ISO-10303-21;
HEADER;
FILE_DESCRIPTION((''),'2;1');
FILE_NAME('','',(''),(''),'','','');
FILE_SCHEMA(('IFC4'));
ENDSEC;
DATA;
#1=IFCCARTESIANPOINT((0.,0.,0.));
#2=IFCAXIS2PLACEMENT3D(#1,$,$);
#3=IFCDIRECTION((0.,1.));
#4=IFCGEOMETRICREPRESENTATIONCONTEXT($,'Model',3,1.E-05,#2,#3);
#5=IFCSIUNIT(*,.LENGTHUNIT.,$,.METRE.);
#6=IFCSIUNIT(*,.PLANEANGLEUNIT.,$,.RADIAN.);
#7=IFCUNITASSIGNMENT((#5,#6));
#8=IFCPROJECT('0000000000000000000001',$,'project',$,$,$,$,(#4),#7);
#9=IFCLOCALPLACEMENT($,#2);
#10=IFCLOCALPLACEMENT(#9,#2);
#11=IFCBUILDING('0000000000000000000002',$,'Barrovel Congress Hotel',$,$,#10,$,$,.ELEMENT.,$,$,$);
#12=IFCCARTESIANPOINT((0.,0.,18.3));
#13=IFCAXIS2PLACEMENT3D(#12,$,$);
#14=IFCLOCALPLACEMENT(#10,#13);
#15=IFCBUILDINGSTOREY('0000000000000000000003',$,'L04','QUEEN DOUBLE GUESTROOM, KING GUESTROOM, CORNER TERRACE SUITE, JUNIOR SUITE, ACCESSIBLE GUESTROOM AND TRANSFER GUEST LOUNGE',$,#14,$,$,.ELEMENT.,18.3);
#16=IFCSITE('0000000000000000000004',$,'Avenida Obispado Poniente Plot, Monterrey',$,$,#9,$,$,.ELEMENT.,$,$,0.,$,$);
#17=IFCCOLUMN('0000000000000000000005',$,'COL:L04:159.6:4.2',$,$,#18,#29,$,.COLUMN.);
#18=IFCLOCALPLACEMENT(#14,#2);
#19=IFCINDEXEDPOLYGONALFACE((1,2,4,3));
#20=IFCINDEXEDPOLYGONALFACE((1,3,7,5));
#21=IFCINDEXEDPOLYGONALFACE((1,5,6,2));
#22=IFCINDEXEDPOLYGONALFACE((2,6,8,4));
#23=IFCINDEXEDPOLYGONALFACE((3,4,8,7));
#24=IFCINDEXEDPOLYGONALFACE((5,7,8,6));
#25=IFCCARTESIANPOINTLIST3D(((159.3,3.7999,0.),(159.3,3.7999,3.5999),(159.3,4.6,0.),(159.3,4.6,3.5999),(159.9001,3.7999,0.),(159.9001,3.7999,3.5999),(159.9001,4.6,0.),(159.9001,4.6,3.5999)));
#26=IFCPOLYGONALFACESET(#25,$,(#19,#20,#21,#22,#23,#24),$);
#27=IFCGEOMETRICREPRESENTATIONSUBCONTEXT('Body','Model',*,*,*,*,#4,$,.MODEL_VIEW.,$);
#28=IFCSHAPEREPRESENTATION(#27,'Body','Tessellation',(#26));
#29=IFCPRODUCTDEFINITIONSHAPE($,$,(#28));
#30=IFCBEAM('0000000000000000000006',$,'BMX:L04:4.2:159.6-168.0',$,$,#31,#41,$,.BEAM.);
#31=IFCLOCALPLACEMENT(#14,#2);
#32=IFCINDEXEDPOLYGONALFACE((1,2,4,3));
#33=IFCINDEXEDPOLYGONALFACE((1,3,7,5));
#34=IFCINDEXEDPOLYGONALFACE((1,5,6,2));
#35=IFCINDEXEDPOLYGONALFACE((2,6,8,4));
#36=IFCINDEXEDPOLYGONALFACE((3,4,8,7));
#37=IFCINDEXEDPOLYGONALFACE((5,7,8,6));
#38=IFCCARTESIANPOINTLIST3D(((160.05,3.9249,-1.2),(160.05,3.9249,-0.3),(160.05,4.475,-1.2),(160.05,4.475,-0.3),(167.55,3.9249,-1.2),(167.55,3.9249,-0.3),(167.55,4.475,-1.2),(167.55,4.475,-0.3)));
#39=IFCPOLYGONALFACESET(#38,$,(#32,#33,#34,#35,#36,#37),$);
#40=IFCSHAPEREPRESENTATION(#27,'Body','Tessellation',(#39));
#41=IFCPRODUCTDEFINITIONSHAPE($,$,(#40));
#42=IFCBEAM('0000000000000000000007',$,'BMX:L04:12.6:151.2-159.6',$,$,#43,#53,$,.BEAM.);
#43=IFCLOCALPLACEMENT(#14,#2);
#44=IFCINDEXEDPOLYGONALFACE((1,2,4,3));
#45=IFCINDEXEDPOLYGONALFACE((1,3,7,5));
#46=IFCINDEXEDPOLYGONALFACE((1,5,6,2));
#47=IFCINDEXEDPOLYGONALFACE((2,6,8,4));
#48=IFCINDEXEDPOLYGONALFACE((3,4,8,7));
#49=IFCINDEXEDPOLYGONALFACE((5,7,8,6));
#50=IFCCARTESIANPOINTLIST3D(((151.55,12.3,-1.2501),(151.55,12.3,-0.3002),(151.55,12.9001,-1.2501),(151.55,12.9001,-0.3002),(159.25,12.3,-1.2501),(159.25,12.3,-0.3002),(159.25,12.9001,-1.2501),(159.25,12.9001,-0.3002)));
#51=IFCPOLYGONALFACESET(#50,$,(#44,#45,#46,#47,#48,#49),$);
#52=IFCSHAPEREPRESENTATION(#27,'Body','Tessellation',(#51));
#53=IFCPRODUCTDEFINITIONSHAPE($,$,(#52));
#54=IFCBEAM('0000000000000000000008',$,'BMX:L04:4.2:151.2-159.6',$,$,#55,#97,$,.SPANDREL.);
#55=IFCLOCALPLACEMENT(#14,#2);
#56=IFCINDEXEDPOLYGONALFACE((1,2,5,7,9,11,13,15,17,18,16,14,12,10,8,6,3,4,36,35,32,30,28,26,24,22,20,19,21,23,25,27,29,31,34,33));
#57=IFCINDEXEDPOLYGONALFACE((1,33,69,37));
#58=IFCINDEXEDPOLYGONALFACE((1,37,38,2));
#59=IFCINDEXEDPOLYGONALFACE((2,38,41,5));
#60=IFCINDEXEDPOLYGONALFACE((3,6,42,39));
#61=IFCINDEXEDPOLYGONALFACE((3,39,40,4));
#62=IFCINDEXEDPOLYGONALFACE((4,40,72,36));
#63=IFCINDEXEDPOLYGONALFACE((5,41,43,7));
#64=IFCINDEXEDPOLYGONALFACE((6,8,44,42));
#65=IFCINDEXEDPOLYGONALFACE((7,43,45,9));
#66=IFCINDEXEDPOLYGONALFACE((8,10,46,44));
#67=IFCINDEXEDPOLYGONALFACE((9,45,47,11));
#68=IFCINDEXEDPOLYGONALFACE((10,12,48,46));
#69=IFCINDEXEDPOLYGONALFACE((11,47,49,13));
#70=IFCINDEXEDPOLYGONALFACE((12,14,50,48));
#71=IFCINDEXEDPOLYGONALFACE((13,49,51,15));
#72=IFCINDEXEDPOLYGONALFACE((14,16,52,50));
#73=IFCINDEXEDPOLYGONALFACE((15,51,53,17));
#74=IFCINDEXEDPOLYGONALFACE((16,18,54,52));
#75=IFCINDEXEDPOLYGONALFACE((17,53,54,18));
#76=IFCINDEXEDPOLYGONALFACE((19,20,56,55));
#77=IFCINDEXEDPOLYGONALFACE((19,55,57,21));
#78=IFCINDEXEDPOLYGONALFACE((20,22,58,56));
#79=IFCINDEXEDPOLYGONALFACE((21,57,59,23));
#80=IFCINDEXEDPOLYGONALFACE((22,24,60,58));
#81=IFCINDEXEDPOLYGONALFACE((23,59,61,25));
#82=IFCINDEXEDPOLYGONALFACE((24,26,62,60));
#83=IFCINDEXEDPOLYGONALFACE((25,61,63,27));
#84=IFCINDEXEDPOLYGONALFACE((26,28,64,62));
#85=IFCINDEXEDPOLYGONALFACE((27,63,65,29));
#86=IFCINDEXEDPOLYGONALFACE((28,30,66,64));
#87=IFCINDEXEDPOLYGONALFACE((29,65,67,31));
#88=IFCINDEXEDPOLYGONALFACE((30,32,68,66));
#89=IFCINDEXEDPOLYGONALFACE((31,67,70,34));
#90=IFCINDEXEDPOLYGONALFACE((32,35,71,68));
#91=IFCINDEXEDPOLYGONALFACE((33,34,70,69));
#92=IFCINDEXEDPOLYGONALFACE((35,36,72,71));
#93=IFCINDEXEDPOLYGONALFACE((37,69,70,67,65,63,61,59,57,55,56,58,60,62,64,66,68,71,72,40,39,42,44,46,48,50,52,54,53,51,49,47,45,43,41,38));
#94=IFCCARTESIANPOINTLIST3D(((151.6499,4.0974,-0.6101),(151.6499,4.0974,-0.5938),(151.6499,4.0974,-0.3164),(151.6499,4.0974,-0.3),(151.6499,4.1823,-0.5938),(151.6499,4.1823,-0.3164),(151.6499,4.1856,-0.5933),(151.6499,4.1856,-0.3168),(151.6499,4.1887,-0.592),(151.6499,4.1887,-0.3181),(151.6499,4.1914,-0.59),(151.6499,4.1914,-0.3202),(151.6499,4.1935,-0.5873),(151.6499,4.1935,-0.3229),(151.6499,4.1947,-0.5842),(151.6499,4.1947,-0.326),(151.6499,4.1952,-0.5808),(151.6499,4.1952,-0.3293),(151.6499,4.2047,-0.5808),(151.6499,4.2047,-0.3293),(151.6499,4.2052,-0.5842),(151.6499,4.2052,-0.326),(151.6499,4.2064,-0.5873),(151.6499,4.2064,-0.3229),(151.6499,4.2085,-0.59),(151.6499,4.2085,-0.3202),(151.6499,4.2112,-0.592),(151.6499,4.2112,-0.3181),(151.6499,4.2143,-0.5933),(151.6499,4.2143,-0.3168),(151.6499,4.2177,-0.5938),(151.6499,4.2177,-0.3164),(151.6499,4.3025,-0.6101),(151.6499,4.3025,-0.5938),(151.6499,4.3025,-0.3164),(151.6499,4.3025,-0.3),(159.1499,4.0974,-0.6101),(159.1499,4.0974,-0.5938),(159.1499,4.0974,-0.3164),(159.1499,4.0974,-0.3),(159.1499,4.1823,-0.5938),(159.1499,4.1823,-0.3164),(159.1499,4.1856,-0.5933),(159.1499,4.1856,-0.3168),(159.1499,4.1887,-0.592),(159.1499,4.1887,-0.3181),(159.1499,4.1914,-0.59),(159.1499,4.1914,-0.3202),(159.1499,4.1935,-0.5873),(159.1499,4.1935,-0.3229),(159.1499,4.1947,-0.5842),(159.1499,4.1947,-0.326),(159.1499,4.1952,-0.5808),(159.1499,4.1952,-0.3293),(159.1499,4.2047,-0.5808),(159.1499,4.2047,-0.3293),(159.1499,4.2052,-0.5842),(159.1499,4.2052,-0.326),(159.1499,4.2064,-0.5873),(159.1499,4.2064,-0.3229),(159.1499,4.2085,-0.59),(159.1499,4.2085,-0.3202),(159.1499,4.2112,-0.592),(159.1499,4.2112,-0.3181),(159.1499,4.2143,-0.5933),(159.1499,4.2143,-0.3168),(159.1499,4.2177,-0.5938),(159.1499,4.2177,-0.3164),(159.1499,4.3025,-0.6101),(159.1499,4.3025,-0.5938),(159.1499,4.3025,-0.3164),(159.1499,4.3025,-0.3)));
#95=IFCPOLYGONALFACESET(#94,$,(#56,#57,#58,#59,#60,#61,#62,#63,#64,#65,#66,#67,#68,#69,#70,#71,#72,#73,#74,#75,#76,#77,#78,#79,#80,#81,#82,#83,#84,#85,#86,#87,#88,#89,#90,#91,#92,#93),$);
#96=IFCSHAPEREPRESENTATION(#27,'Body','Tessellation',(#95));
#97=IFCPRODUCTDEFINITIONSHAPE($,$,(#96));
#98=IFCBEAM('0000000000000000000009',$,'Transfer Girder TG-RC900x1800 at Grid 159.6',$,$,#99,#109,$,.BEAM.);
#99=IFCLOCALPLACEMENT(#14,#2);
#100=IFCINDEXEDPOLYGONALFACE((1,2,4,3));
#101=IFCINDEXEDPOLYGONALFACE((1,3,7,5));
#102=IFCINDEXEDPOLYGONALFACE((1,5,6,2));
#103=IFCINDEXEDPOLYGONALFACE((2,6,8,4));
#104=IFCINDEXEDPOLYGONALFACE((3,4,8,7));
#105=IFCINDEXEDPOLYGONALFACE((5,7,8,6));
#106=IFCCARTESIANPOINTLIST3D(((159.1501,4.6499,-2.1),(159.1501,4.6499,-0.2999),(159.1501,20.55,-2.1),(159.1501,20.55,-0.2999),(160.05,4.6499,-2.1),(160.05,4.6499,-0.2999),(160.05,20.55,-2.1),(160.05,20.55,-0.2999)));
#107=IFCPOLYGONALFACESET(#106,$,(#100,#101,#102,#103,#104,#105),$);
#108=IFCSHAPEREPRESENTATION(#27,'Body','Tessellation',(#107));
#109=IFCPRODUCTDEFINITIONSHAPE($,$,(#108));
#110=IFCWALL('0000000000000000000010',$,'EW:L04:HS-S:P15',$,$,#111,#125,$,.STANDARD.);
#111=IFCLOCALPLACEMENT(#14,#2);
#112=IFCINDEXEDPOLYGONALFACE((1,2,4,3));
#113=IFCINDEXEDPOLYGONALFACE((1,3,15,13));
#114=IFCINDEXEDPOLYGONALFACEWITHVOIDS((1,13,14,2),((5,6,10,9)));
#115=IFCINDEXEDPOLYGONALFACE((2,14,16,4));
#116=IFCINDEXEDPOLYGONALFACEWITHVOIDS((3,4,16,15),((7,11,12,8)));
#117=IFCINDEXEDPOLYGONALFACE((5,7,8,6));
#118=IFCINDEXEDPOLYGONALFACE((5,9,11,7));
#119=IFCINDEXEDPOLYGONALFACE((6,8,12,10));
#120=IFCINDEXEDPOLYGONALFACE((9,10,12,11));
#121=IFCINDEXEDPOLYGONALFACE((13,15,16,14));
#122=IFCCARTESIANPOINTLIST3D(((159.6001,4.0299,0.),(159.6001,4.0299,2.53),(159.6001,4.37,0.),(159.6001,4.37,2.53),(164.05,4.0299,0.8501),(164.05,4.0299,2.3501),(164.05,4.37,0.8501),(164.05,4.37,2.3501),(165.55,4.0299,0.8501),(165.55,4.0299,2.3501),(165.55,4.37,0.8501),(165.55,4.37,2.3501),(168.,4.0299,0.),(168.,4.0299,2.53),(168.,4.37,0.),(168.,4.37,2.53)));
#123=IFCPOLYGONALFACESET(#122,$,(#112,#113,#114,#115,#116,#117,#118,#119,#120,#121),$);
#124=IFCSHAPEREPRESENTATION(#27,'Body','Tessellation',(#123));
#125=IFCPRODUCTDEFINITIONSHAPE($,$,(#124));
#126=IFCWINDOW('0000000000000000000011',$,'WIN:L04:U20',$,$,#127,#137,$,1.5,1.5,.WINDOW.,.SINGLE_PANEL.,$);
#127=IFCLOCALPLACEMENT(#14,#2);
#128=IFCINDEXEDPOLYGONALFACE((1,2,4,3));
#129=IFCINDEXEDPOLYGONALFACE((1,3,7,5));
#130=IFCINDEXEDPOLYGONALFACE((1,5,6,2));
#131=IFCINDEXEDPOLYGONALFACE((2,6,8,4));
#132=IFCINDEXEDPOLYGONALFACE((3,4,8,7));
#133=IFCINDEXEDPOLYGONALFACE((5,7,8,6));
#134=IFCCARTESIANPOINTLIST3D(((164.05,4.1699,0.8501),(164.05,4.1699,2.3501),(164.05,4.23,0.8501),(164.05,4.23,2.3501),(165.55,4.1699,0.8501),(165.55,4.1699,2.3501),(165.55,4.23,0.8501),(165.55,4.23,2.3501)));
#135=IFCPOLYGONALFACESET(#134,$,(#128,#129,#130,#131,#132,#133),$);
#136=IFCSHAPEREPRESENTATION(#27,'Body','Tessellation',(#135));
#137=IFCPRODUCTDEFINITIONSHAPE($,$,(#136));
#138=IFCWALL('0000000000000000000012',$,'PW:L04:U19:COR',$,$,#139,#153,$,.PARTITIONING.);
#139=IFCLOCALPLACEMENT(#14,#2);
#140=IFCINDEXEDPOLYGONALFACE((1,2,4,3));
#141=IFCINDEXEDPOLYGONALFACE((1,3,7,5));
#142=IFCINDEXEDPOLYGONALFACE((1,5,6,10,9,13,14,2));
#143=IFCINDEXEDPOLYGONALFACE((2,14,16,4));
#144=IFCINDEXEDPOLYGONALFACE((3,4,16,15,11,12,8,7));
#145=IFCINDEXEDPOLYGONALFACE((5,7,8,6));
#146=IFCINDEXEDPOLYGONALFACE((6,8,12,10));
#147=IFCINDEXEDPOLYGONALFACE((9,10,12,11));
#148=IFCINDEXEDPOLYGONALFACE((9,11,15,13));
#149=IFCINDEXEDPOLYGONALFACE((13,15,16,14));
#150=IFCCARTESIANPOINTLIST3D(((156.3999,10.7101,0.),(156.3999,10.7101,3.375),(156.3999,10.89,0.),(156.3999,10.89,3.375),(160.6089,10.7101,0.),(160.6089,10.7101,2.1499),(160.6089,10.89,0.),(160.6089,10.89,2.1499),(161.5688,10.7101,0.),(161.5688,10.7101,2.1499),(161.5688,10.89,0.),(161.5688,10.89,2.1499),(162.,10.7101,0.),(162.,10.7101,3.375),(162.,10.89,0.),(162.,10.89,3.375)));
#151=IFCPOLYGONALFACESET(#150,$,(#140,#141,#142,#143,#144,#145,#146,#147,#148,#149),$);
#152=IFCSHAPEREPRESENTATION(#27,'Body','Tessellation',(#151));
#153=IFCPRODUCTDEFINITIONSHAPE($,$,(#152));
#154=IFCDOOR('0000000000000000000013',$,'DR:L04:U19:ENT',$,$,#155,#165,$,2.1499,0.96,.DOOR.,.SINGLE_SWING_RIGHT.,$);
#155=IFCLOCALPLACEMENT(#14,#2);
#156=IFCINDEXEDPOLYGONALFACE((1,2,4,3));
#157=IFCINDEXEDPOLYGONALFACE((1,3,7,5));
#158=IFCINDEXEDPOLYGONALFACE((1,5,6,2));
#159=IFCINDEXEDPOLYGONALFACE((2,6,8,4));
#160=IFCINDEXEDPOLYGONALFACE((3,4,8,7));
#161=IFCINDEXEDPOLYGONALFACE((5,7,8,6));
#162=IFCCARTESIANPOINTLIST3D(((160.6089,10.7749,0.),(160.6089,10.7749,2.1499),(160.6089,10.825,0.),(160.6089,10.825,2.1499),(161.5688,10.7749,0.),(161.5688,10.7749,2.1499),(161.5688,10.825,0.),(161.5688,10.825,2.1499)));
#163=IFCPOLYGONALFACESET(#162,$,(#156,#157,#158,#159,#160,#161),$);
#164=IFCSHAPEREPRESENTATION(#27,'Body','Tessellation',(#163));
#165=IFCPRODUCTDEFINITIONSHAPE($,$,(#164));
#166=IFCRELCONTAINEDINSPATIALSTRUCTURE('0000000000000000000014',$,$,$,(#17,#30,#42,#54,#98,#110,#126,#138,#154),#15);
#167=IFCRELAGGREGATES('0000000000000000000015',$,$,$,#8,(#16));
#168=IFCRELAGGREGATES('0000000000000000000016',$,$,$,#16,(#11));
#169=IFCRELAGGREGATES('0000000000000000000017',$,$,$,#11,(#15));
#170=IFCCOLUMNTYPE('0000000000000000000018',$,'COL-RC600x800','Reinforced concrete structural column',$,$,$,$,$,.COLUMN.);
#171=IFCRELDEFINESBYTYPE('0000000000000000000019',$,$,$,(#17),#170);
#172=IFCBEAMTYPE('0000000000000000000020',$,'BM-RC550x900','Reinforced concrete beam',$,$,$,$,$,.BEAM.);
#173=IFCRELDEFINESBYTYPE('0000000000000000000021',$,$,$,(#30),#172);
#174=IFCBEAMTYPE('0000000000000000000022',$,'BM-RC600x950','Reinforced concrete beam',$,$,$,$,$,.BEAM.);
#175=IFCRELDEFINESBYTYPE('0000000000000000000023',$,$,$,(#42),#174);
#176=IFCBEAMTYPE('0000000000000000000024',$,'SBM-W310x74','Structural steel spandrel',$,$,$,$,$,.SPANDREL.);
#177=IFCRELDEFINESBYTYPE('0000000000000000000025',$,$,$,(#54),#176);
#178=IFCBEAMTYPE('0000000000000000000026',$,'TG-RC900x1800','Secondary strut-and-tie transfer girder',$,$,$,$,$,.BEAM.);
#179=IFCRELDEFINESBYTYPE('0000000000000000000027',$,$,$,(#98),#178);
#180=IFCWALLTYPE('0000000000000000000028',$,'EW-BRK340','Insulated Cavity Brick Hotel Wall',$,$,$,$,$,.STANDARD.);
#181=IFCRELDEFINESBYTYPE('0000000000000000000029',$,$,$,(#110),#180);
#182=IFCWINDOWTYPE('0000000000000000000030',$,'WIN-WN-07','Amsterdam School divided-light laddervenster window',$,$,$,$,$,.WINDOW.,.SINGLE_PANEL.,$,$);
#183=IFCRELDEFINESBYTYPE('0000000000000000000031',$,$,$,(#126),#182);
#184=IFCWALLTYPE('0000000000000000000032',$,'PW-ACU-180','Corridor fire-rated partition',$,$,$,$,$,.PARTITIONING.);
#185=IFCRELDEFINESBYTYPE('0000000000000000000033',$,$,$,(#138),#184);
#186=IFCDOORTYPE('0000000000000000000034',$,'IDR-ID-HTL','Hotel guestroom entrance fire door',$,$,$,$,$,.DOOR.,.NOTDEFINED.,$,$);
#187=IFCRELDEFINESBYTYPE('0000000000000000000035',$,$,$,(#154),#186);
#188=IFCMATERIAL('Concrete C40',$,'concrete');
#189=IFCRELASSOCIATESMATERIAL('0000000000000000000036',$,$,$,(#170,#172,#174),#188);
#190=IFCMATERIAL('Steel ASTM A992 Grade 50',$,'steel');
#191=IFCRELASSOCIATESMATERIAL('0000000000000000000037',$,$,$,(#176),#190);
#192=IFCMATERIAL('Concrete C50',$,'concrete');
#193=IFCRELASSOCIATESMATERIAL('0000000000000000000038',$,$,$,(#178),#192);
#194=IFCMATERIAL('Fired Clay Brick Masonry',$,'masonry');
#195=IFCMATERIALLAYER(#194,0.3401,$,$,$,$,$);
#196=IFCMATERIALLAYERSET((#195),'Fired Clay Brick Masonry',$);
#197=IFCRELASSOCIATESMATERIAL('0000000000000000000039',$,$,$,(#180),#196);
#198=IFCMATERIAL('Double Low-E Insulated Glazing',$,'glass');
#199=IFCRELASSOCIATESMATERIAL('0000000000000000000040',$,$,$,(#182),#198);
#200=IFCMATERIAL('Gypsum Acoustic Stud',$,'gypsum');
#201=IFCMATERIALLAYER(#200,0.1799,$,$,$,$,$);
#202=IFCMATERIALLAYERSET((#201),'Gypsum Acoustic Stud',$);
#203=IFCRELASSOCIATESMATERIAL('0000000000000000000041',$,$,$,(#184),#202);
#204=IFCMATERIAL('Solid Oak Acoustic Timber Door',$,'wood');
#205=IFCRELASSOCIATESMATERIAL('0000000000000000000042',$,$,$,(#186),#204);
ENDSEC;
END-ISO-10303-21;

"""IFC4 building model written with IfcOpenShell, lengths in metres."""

from ifc_helpers import new_model, si_unit, direction, frame, frame_2d, origin, origin_2d, place, context, subcontext, project, spatial, rectangle, i_section, extrude, material, layer, layer_set, material_profile, profile_set, type_object, element, fill, save


model = new_model("IFC4")

# Units and contexts
model_context = context("Model", 3, precision=1e-05, world=origin(), true_north=direction((0.0, 1.0)))
body_context = subcontext(model_context, "Body", "Model", "MODEL_VIEW")
ifc_project = project(units=[si_unit("LENGTHUNIT", "METRE"), si_unit("PLANEANGLEUNIT", "RADIAN")], contexts=[model_context])

# Site, building, storey
site_placement = place(None, origin())
site = spatial("IfcSite", under=ifc_project, at=site_placement, Name="Avenida Obispado Poniente Plot, Monterrey", CompositionType="ELEMENT", RefElevation=0.0)
building_placement = place(site_placement, origin())
building = spatial("IfcBuilding", under=site, at=building_placement, Name="Barrovel Congress Hotel", CompositionType="ELEMENT")
storey_placement = place(building_placement, frame((0.0, 0.0, 18.3)))
storey = spatial("IfcBuildingStorey", under=building, at=storey_placement, Name="L04", Description="QUEEN DOUBLE GUESTROOM, KING GUESTROOM, CORNER TERRACE SUITE, JUNIOR SUITE, ACCESSIBLE GUESTROOM AND TRANSFER GUEST LOUNGE", CompositionType="ELEMENT", Elevation=18.3)

# Column
ifc_material_1 = material(Name="Concrete C40", Category="concrete")
ifc_material_profile_1 = material_profile(ifc_material_1, rectangle(XDim=0.6001, YDim=0.8, at=origin_2d()), Name="RC600x800")
ifc_profile_set_1 = profile_set([ifc_material_profile_1], Name="Concrete C40")
column_type = type_object("IfcColumnType", Name="COL-RC600x800", Description="Reinforced concrete structural column", PredefinedType="COLUMN", material=ifc_profile_set_1)
column_placement = place(storey_placement, frame((159.6001, 4.2, 0.0), z_axis=(0.0, 0.0, 1.0), x_axis=(1.0, 0.0, 0.0)))
element("IfcColumn", 1, at=column_placement, inside=storey, type_object=column_type, Name="COL:L04:159.6:4.2", PredefinedType="COLUMN", context=body_context, shape_type="SweptSolid", body=[
    extrude(rectangle(XDim=0.6001, YDim=0.8, at=origin_2d()), origin(), (0.0, 0.0, 1.0), 3.5999),
])

# Beams
ifc_material_profile_2 = material_profile(ifc_material_1, rectangle(XDim=0.55, YDim=0.8999, at=origin_2d()), Name="RC550x900")
ifc_profile_set_2 = profile_set([ifc_material_profile_2], Name="Concrete C40")
beam_type_1 = type_object("IfcBeamType", Name="BM-RC550x900", Description="Reinforced concrete beam", PredefinedType="BEAM", material=ifc_profile_set_2)
beam_1_placement = place(storey_placement, frame((160.05, 4.2, -0.75), z_axis=(1.0, 0.0, 0.0), x_axis=(0.0, 1.0, 0.0)))
element("IfcBeam", 2, at=beam_1_placement, inside=storey, type_object=beam_type_1, Name="BMX:L04:4.2:159.6-168.0", PredefinedType="BEAM", context=body_context, shape_type="SweptSolid", body=[
    extrude(rectangle(XDim=0.55, YDim=0.8999, at=origin_2d()), origin(), (0.0, 0.0, 1.0), 7.5),
])
ifc_material_profile_3 = material_profile(ifc_material_1, rectangle(XDim=0.6001, YDim=0.95, at=origin_2d()), Name="RC600x950")
ifc_profile_set_3 = profile_set([ifc_material_profile_3], Name="Concrete C40")
beam_type_2 = type_object("IfcBeamType", Name="BM-RC600x950", Description="Reinforced concrete beam", PredefinedType="BEAM", material=ifc_profile_set_3)
beam_2_placement = place(storey_placement, frame((151.55, 12.6001, -0.7751), z_axis=(1.0, 0.0, 0.0), x_axis=(0.0, 1.0, 0.0)))
element("IfcBeam", 3, at=beam_2_placement, inside=storey, type_object=beam_type_2, Name="BMX:L04:12.6:151.2-159.6", PredefinedType="BEAM", context=body_context, shape_type="SweptSolid", body=[
    extrude(rectangle(XDim=0.6001, YDim=0.95, at=origin_2d()), origin(), (0.0, 0.0, 1.0), 7.7),
])
ifc_material_2 = material(Name="Steel ASTM A992 Grade 50", Category="steel")
ifc_material_profile_4 = material_profile(ifc_material_2, i_section(OverallWidth=0.2051, OverallDepth=0.3101, WebThickness=0.0095, FlangeThickness=0.0164, FilletRadius=0.0129, at=origin_2d()), Name="W310x74")
ifc_profile_set_4 = profile_set([ifc_material_profile_4], Name="Steel ASTM A992 Grade 50")
beam_type_3 = type_object("IfcBeamType", Name="SBM-W310x74", Description="Structural steel spandrel", PredefinedType="SPANDREL", material=ifc_profile_set_4)
beam_3_placement = place(storey_placement, frame((151.6499, 4.2, -0.4551), z_axis=(1.0, 0.0, 0.0), x_axis=(0.0, 1.0, 0.0)))
element("IfcBeam", 4, at=beam_3_placement, inside=storey, type_object=beam_type_3, Name="BMX:L04:4.2:151.2-159.6", PredefinedType="SPANDREL", context=body_context, shape_type="SweptSolid", body=[
    extrude(i_section(OverallWidth=0.2051, OverallDepth=0.3101, WebThickness=0.0095, FlangeThickness=0.0164, FilletRadius=0.0129, at=origin_2d()), origin(), (0.0, 0.0, 1.0), 7.5),
])
ifc_material_3 = material(Name="Concrete C50", Category="concrete")
ifc_material_profile_5 = material_profile(ifc_material_3, rectangle(XDim=0.8999, YDim=1.8, at=origin_2d()), Name="RC900x1800")
ifc_profile_set_5 = profile_set([ifc_material_profile_5], Name="Concrete C50")
beam_type_4 = type_object("IfcBeamType", Name="TG-RC900x1800", Description="Secondary strut-and-tie transfer girder", PredefinedType="BEAM", material=ifc_profile_set_5)
beam_4_placement = place(storey_placement, frame((159.6001, 4.6499, -1.2), z_axis=(0.0, 1.0, 0.0), x_axis=(-1.0, 0.0, 0.0)))
element("IfcBeam", 5, at=beam_4_placement, inside=storey, type_object=beam_type_4, Name="Transfer Girder TG-RC900x1800 at Grid 159.6", PredefinedType="BEAM", context=body_context, shape_type="SweptSolid", body=[
    extrude(rectangle(XDim=0.8999, YDim=1.8, at=origin_2d()), origin(), (0.0, 0.0, 1.0), 15.9001),
])

# Wall, opening, window
ifc_material_4 = material(Name="Fired Clay Brick Masonry", Category="masonry")
ifc_layer_1 = layer(ifc_material_4, 0.3401)
ifc_layer_set_1 = layer_set([ifc_layer_1], Name="Fired Clay Brick Masonry")
wall_type_1 = type_object("IfcWallType", Name="EW-BRK340", Description="Insulated Cavity Brick Hotel Wall", PredefinedType="STANDARD", material=ifc_layer_set_1)
wall_1_placement = place(storey_placement, frame((159.6001, 4.2, 0.0), z_axis=(0.0, 0.0, 1.0), x_axis=(1.0, 0.0, 0.0)))
wall_1 = element("IfcWall", 6, at=wall_1_placement, inside=storey, type_object=wall_type_1, Name="EW:L04:HS-S:P15", PredefinedType="STANDARD", context=body_context, shape_type="SweptSolid", body=[
    extrude(rectangle(XDim=8.3999, YDim=0.3401, at=frame_2d((4.2, 0.0))), origin(), (0.0, 0.0, 1.0), 2.53),
])
opening_1_placement = place(wall_1_placement, frame((4.45, 0.0, 0.8501)))
opening_1 = element("IfcOpeningElement", 7, at=opening_1_placement, cuts=wall_1, PredefinedType="OPENING", context=body_context, shape_type="SweptSolid", body=[
    extrude(rectangle(XDim=1.5, YDim=1.5, at=frame_2d((0.75, 0.75))), frame((0.0, 0.1802, 0.0), z_axis=(0.0, -1.0, 0.0), x_axis=(1.0, 0.0, 0.0)), (0.0, 0.0, 1.0), 0.3601),
])
ifc_material_5 = material(Name="Double Low-E Insulated Glazing", Category="glass")
window_type = type_object("IfcWindowType", Name="WIN-WN-07", Description="Amsterdam School divided-light laddervenster window", PartitioningType="SINGLE_PANEL", PredefinedType="WINDOW", material=ifc_material_5)
window_placement = place(opening_1_placement, origin())
window = element("IfcWindow", 8, at=window_placement, inside=storey, type_object=window_type, Name="WIN:L04:U20", OverallHeight=1.5, OverallWidth=1.5, PartitioningType="SINGLE_PANEL", PredefinedType="WINDOW", context=body_context, shape_type="SweptSolid", body=[
    extrude(rectangle(XDim=1.5, YDim=1.5, at=frame_2d((0.75, 0.75))), frame((0.0, 0.03, 0.0), z_axis=(0.0, -1.0, 0.0), x_axis=(1.0, 0.0, 0.0)), (0.0, 0.0, 1.0), 0.0601),
])
fill(opening_1, window)

# Wall, opening, door
ifc_material_6 = material(Name="Gypsum Acoustic Stud", Category="gypsum")
ifc_layer_2 = layer(ifc_material_6, 0.1799)
ifc_layer_set_2 = layer_set([ifc_layer_2], Name="Gypsum Acoustic Stud")
wall_type_2 = type_object("IfcWallType", Name="PW-ACU-180", Description="Corridor fire-rated partition", PredefinedType="PARTITIONING", material=ifc_layer_set_2)
wall_2_placement = place(storey_placement, frame((156.3999, 10.8, 0.0), z_axis=(0.0, 0.0, 1.0), x_axis=(1.0, 0.0, 0.0)))
wall_2 = element("IfcWall", 9, at=wall_2_placement, inside=storey, type_object=wall_type_2, Name="PW:L04:U19:COR", PredefinedType="PARTITIONING", context=body_context, shape_type="SweptSolid", body=[
    extrude(rectangle(XDim=5.6001, YDim=0.1799, at=frame_2d((2.8, 0.0))), origin(), (0.0, 0.0, 1.0), 3.375),
])
opening_2_placement = place(wall_2_placement, frame((4.209, 0.0, 0.0)))
opening_2 = element("IfcOpeningElement", 10, at=opening_2_placement, cuts=wall_2, PredefinedType="OPENING", context=body_context, shape_type="SweptSolid", body=[
    extrude(rectangle(XDim=0.96, YDim=2.1499, at=frame_2d((0.48, 1.075))), frame((0.0, 0.1001, 0.0), z_axis=(0.0, -1.0, 0.0), x_axis=(1.0, 0.0, 0.0)), (0.0, 0.0, 1.0), 0.2),
])
ifc_material_7 = material(Name="Solid Oak Acoustic Timber Door", Category="wood")
door_type_1 = type_object("IfcDoorType", Name="IDR-ID-HTL", Description="Hotel guestroom entrance fire door", OperationType="NOTDEFINED", PredefinedType="DOOR", material=ifc_material_7)
door_1_placement = place(opening_2_placement, origin())
door_1 = element("IfcDoor", 11, at=door_1_placement, inside=storey, type_object=door_type_1, Name="DR:L04:U19:ENT", OperationType="SINGLE_SWING_RIGHT", OverallHeight=2.1499, OverallWidth=0.96, PredefinedType="DOOR", context=body_context, shape_type="SweptSolid", body=[
    extrude(rectangle(XDim=0.96, YDim=2.1499, at=frame_2d((0.48, 1.075))), frame((0.0, 0.0249, 0.0), z_axis=(0.0, -1.0, 0.0), x_axis=(1.0, 0.0, 0.0)), (0.0, 0.0, 1.0), 0.05),
])
fill(opening_2, door_1)

save(model, "model.ifc")
